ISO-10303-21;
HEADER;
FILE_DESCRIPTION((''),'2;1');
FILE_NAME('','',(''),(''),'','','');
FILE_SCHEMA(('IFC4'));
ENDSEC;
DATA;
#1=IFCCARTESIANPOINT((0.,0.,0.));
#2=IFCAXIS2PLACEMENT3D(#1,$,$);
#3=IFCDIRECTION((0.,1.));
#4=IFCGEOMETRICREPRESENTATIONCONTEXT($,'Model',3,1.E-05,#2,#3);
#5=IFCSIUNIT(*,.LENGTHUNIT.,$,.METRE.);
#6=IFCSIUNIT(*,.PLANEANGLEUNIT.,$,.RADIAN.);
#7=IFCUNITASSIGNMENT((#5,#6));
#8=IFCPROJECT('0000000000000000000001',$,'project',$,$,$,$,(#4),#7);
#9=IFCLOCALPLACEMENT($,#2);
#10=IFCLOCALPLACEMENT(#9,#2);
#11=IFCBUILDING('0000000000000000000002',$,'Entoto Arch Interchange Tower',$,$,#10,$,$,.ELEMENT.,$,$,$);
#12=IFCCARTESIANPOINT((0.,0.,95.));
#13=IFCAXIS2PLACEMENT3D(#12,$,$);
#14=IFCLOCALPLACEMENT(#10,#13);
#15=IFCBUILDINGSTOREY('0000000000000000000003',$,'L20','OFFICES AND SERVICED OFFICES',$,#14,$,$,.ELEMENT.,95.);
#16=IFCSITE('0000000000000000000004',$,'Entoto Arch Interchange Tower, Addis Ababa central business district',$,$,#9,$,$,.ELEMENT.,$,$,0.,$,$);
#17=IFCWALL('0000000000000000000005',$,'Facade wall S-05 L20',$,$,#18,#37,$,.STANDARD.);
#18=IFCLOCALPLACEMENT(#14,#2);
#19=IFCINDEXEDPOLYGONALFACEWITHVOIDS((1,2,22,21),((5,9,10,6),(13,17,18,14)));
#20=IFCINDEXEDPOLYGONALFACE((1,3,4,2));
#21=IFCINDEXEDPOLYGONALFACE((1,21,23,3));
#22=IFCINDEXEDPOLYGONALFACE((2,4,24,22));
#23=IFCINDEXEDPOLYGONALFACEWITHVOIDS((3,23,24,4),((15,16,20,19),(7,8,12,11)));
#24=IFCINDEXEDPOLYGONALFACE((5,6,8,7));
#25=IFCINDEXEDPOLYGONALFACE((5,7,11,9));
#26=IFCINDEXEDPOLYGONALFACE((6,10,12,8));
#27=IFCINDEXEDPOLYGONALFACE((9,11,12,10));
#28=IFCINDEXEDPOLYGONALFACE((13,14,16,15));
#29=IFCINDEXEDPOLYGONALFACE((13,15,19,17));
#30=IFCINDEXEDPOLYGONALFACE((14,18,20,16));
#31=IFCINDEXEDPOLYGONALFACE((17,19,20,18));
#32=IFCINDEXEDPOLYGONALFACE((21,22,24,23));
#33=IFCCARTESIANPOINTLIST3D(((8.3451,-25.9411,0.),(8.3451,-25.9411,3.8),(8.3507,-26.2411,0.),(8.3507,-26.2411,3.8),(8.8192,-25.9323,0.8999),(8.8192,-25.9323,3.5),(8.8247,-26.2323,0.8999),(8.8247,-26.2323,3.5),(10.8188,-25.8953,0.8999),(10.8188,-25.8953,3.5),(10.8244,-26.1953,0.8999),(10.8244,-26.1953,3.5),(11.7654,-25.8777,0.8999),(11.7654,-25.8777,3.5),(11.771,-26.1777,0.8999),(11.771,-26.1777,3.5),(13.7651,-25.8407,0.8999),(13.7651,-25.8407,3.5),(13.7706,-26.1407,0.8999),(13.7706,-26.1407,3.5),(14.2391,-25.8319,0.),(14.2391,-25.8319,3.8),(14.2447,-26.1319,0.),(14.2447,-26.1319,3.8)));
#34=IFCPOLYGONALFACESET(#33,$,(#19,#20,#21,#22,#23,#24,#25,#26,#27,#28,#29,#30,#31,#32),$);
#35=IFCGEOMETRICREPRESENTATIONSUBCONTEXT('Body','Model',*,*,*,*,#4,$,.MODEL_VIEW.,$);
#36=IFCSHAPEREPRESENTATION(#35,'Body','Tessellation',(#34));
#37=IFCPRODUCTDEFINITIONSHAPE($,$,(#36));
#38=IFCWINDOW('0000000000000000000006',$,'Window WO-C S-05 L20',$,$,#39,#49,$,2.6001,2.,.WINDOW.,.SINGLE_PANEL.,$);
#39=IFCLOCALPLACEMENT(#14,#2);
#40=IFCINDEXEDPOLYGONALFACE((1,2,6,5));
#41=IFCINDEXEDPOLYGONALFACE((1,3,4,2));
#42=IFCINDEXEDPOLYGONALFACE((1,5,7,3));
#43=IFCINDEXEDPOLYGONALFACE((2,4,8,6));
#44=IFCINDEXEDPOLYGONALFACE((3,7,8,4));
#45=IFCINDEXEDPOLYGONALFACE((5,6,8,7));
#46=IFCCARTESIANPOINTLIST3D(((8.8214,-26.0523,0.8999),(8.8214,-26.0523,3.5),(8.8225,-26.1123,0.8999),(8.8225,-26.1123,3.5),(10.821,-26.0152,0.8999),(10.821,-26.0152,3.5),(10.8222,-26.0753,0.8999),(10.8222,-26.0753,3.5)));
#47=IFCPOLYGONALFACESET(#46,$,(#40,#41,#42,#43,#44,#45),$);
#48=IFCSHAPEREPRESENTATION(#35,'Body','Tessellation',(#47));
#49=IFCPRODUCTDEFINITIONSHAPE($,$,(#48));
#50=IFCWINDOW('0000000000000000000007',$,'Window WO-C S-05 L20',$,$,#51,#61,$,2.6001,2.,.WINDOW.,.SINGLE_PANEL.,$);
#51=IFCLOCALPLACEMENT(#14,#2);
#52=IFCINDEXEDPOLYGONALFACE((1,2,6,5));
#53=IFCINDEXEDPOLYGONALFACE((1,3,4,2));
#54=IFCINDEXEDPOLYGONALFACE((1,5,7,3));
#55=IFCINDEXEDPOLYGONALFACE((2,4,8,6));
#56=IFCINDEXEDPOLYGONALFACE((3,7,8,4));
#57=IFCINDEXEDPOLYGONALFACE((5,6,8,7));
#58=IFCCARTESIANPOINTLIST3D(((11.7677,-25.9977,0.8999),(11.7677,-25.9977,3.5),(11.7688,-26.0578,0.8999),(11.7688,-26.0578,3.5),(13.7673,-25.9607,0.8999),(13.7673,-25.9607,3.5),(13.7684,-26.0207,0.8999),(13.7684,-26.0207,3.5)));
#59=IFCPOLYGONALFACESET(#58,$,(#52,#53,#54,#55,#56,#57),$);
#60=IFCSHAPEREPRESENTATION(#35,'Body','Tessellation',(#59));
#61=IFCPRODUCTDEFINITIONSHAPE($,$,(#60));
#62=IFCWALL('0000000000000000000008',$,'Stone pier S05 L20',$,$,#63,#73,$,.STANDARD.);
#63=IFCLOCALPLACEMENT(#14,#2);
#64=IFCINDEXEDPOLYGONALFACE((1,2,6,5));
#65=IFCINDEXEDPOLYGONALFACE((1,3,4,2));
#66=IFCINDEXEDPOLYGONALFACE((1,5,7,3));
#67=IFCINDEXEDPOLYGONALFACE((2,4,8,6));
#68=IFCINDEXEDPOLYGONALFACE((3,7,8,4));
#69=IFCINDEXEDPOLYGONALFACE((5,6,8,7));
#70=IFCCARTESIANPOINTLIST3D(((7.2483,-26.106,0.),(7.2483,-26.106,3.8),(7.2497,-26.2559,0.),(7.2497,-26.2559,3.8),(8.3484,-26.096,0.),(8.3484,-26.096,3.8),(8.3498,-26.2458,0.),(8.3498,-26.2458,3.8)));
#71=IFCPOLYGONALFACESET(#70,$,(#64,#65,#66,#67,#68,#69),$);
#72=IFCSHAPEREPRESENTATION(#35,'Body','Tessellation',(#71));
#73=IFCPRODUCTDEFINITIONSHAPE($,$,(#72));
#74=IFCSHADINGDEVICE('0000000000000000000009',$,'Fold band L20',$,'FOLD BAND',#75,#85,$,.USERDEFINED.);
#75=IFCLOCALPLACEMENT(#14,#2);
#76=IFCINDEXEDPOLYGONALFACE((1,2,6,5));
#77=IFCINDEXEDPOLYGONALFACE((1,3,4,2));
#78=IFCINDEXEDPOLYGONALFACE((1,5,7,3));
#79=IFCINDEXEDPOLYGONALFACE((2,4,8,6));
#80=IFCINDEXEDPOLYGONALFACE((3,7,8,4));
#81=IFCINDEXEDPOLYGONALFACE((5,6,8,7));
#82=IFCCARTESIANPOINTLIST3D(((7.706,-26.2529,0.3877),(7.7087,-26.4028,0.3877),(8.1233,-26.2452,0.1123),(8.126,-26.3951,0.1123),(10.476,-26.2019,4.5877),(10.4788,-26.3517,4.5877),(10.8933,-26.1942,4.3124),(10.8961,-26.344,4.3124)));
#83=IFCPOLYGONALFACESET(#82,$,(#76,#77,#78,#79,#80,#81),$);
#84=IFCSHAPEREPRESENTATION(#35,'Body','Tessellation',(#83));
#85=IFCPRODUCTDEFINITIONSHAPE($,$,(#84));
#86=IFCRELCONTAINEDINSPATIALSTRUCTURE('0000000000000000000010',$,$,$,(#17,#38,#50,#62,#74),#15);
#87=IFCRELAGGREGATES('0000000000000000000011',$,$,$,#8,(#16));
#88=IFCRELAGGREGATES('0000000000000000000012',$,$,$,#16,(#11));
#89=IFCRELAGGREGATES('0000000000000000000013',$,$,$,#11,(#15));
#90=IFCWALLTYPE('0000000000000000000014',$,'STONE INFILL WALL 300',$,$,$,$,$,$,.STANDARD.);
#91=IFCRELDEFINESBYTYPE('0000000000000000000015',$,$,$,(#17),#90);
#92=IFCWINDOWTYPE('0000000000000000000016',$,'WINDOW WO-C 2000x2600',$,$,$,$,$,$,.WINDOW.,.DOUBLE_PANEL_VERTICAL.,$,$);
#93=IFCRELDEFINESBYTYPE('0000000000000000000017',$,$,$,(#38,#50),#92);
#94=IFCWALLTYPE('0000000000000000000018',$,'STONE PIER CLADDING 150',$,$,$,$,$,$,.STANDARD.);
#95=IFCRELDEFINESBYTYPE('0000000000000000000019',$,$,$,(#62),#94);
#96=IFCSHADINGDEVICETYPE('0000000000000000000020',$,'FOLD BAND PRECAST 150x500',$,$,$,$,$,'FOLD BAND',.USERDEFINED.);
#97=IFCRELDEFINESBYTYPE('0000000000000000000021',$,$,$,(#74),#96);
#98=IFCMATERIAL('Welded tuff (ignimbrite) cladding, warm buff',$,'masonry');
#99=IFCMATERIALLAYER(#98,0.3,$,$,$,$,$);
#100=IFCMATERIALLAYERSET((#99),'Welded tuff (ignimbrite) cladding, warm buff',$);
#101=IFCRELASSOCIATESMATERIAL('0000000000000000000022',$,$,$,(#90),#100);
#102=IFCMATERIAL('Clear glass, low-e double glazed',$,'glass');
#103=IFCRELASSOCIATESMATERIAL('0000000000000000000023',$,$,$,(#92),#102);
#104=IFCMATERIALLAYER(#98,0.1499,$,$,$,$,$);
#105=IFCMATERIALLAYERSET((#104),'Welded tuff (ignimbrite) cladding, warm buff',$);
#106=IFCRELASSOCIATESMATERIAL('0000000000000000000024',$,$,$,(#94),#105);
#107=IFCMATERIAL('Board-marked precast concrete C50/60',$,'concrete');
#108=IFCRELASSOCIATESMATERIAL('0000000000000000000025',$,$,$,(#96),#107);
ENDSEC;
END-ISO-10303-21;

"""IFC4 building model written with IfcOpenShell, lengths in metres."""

from ifc_helpers import new_model, si_unit, direction, frame, frame_2d, origin, origin_2d, place, context, subcontext, project, spatial, rectangle, extrude, material, layer, layer_set, material_profile, profile_set, type_object, element, fill, save


model = new_model("IFC4")

# Units and contexts
model_context = context("Model", 3, precision=1e-05, world=origin(), true_north=direction((0.0, 1.0)))
body_context = subcontext(model_context, "Body", "Model", "MODEL_VIEW")
ifc_project = project(units=[si_unit("LENGTHUNIT", "METRE"), si_unit("PLANEANGLEUNIT", "RADIAN")], contexts=[model_context])

# Site, building, storey
site_placement = place(None, origin())
site = spatial("IfcSite", under=ifc_project, at=site_placement, Name="Entoto Arch Interchange Tower, Addis Ababa central business district", CompositionType="ELEMENT", RefElevation=0.0)
building_placement = place(site_placement, origin())
building = spatial("IfcBuilding", under=site, at=building_placement, Name="Entoto Arch Interchange Tower", CompositionType="ELEMENT")
storey_placement = place(building_placement, frame((0.0, 0.0, 95.0)))
storey = spatial("IfcBuildingStorey", under=building, at=storey_placement, Name="L20", Description="OFFICES AND SERVICED OFFICES", CompositionType="ELEMENT", Elevation=95.0)

# Shared definitions
ifc_material_1 = material(Name="Clear glass, low-e double glazed", Category="glass")

# Wall, openings, windows
ifc_material_2 = material(Name="Welded tuff (ignimbrite) cladding, warm buff", Category="masonry")
ifc_layer_1 = layer(ifc_material_2, 0.3)
ifc_layer_set_1 = layer_set([ifc_layer_1], Name="Welded tuff (ignimbrite) cladding, warm buff")
wall_type_1 = type_object("IfcWallType", Name="STONE INFILL WALL 300", PredefinedType="STANDARD", material=ifc_layer_set_1)
wall_1_placement = place(storey_placement, frame((8.3479, -26.0911, 0.0), z_axis=(0.0, 0.0, 1.0), x_axis=(0.999829, 0.018512, 0.0)))
wall_1 = element("IfcWall", 1, at=wall_1_placement, inside=storey, type_object=wall_type_1, Name="Facade wall S-05 L20", PredefinedType="STANDARD", context=body_context, shape_type="SweptSolid", body=[
    extrude(rectangle(XDim=5.895, YDim=0.3, at=frame_2d((2.9475, 0.0))), origin(), (0.0, 0.0, 1.0), 3.8),
])
opening_1_placement = place(wall_1_placement, frame((0.4741, 0.0, 0.8999)))
opening_1 = element("IfcOpeningElement", 2, at=opening_1_placement, cuts=wall_1, PredefinedType="OPENING", context=body_context, shape_type="SweptSolid", body=[
    extrude(rectangle(XDim=2.0, YDim=2.6001, at=frame_2d((1.0, 1.3))), frame((0.0, 0.1602, 0.0), z_axis=(0.0, -1.0, 0.0), x_axis=(1.0, 0.0, 0.0)), (0.0, 0.0, 1.0), 0.3201),
])
opening_2_placement = place(wall_1_placement, frame((3.4209, 0.0, 0.8999)))
opening_2 = element("IfcOpeningElement", 3, at=opening_2_placement, cuts=wall_1, PredefinedType="OPENING", context=body_context, shape_type="SweptSolid", body=[
    extrude(rectangle(XDim=2.0, YDim=2.6001, at=frame_2d((1.0, 1.3))), frame((0.0, 0.1602, 0.0), z_axis=(0.0, -1.0, 0.0), x_axis=(1.0, 0.0, 0.0)), (0.0, 0.0, 1.0), 0.3201),
])
window_type = type_object("IfcWindowType", Name="WINDOW WO-C 2000x2600", PartitioningType="DOUBLE_PANEL_VERTICAL", PredefinedType="WINDOW", material=ifc_material_1)
window_1_placement = place(opening_1_placement, origin())
window_1 = element("IfcWindow", 4, at=window_1_placement, inside=storey, type_object=window_type, Name="Window WO-C S-05 L20", OverallHeight=2.6001, OverallWidth=2.0, PartitioningType="SINGLE_PANEL", PredefinedType="WINDOW", context=body_context, shape_type="SweptSolid", body=[
    extrude(rectangle(XDim=2.0, YDim=2.6001, at=frame_2d((1.0, 1.3))), frame((0.0, 0.03, 0.0), z_axis=(0.0, -1.0, 0.0), x_axis=(1.0, 0.0, 0.0)), (0.0, 0.0, 1.0), 0.0601),
])
fill(opening_1, window_1)
window_2_placement = place(opening_2_placement, origin())
window_2 = element("IfcWindow", 5, at=window_2_placement, inside=storey, type_object=window_type, Name="Window WO-C S-05 L20", OverallHeight=2.6001, OverallWidth=2.0, PartitioningType="SINGLE_PANEL", PredefinedType="WINDOW", context=body_context, shape_type="SweptSolid", body=[
    extrude(rectangle(XDim=2.0, YDim=2.6001, at=frame_2d((1.0, 1.3))), frame((0.0, 0.03, 0.0), z_axis=(0.0, -1.0, 0.0), x_axis=(1.0, 0.0, 0.0)), (0.0, 0.0, 1.0), 0.0601),
])
fill(opening_2, window_2)

# Wall
ifc_layer_2 = layer(ifc_material_2, 0.1499)
ifc_layer_set_2 = layer_set([ifc_layer_2], Name="Welded tuff (ignimbrite) cladding, warm buff")
wall_type_2 = type_object("IfcWallType", Name="STONE PIER CLADDING 150", PredefinedType="STANDARD", material=ifc_layer_set_2)
wall_2_placement = place(storey_placement, frame((7.249, -26.1809, 0.0), z_axis=(0.0, 0.0, 1.0), x_axis=(0.999959, 0.009099, 0.0)))
element("IfcWall", 6, at=wall_2_placement, inside=storey, type_object=wall_type_2, Name="Stone pier S05 L20", PredefinedType="STANDARD", context=body_context, shape_type="SweptSolid", body=[
    extrude(rectangle(XDim=1.1001, YDim=0.1499, at=frame_2d((0.55, 0.0))), origin(), (0.0, 0.0, 1.0), 3.8),
])

# Shading device
ifc_material_3 = material(Name="Board-marked precast concrete C50/60", Category="concrete")
ifc_material_profile_1 = material_profile(ifc_material_3, rectangle(XDim=0.1499, YDim=0.5, at=origin_2d()))
ifc_profile_set_1 = profile_set([ifc_material_profile_1], Name="Board-marked precast concrete C50/60")
shading_device_type = type_object("IfcShadingDeviceType", Name="FOLD BAND PRECAST 150x500", ElementType="FOLD BAND", PredefinedType="USERDEFINED", material=ifc_profile_set_1)
shading_device_placement = place(storey_placement, frame((7.916, -26.324, 0.25), z_axis=(0.550544, 0.010141, 0.834744), x_axis=(-0.018417, 0.99983, 0.0)))
element("IfcShadingDevice", 7, at=shading_device_placement, inside=storey, type_object=shading_device_type, Name="Fold band L20", ObjectType="FOLD BAND", PredefinedType="USERDEFINED", context=body_context, shape_type="SweptSolid", body=[
    extrude(rectangle(XDim=0.1499, YDim=0.5, at=origin_2d()), origin(), (0.0, 0.0, 1.0), 5.0315),
])

save(model, "model.ifc")
